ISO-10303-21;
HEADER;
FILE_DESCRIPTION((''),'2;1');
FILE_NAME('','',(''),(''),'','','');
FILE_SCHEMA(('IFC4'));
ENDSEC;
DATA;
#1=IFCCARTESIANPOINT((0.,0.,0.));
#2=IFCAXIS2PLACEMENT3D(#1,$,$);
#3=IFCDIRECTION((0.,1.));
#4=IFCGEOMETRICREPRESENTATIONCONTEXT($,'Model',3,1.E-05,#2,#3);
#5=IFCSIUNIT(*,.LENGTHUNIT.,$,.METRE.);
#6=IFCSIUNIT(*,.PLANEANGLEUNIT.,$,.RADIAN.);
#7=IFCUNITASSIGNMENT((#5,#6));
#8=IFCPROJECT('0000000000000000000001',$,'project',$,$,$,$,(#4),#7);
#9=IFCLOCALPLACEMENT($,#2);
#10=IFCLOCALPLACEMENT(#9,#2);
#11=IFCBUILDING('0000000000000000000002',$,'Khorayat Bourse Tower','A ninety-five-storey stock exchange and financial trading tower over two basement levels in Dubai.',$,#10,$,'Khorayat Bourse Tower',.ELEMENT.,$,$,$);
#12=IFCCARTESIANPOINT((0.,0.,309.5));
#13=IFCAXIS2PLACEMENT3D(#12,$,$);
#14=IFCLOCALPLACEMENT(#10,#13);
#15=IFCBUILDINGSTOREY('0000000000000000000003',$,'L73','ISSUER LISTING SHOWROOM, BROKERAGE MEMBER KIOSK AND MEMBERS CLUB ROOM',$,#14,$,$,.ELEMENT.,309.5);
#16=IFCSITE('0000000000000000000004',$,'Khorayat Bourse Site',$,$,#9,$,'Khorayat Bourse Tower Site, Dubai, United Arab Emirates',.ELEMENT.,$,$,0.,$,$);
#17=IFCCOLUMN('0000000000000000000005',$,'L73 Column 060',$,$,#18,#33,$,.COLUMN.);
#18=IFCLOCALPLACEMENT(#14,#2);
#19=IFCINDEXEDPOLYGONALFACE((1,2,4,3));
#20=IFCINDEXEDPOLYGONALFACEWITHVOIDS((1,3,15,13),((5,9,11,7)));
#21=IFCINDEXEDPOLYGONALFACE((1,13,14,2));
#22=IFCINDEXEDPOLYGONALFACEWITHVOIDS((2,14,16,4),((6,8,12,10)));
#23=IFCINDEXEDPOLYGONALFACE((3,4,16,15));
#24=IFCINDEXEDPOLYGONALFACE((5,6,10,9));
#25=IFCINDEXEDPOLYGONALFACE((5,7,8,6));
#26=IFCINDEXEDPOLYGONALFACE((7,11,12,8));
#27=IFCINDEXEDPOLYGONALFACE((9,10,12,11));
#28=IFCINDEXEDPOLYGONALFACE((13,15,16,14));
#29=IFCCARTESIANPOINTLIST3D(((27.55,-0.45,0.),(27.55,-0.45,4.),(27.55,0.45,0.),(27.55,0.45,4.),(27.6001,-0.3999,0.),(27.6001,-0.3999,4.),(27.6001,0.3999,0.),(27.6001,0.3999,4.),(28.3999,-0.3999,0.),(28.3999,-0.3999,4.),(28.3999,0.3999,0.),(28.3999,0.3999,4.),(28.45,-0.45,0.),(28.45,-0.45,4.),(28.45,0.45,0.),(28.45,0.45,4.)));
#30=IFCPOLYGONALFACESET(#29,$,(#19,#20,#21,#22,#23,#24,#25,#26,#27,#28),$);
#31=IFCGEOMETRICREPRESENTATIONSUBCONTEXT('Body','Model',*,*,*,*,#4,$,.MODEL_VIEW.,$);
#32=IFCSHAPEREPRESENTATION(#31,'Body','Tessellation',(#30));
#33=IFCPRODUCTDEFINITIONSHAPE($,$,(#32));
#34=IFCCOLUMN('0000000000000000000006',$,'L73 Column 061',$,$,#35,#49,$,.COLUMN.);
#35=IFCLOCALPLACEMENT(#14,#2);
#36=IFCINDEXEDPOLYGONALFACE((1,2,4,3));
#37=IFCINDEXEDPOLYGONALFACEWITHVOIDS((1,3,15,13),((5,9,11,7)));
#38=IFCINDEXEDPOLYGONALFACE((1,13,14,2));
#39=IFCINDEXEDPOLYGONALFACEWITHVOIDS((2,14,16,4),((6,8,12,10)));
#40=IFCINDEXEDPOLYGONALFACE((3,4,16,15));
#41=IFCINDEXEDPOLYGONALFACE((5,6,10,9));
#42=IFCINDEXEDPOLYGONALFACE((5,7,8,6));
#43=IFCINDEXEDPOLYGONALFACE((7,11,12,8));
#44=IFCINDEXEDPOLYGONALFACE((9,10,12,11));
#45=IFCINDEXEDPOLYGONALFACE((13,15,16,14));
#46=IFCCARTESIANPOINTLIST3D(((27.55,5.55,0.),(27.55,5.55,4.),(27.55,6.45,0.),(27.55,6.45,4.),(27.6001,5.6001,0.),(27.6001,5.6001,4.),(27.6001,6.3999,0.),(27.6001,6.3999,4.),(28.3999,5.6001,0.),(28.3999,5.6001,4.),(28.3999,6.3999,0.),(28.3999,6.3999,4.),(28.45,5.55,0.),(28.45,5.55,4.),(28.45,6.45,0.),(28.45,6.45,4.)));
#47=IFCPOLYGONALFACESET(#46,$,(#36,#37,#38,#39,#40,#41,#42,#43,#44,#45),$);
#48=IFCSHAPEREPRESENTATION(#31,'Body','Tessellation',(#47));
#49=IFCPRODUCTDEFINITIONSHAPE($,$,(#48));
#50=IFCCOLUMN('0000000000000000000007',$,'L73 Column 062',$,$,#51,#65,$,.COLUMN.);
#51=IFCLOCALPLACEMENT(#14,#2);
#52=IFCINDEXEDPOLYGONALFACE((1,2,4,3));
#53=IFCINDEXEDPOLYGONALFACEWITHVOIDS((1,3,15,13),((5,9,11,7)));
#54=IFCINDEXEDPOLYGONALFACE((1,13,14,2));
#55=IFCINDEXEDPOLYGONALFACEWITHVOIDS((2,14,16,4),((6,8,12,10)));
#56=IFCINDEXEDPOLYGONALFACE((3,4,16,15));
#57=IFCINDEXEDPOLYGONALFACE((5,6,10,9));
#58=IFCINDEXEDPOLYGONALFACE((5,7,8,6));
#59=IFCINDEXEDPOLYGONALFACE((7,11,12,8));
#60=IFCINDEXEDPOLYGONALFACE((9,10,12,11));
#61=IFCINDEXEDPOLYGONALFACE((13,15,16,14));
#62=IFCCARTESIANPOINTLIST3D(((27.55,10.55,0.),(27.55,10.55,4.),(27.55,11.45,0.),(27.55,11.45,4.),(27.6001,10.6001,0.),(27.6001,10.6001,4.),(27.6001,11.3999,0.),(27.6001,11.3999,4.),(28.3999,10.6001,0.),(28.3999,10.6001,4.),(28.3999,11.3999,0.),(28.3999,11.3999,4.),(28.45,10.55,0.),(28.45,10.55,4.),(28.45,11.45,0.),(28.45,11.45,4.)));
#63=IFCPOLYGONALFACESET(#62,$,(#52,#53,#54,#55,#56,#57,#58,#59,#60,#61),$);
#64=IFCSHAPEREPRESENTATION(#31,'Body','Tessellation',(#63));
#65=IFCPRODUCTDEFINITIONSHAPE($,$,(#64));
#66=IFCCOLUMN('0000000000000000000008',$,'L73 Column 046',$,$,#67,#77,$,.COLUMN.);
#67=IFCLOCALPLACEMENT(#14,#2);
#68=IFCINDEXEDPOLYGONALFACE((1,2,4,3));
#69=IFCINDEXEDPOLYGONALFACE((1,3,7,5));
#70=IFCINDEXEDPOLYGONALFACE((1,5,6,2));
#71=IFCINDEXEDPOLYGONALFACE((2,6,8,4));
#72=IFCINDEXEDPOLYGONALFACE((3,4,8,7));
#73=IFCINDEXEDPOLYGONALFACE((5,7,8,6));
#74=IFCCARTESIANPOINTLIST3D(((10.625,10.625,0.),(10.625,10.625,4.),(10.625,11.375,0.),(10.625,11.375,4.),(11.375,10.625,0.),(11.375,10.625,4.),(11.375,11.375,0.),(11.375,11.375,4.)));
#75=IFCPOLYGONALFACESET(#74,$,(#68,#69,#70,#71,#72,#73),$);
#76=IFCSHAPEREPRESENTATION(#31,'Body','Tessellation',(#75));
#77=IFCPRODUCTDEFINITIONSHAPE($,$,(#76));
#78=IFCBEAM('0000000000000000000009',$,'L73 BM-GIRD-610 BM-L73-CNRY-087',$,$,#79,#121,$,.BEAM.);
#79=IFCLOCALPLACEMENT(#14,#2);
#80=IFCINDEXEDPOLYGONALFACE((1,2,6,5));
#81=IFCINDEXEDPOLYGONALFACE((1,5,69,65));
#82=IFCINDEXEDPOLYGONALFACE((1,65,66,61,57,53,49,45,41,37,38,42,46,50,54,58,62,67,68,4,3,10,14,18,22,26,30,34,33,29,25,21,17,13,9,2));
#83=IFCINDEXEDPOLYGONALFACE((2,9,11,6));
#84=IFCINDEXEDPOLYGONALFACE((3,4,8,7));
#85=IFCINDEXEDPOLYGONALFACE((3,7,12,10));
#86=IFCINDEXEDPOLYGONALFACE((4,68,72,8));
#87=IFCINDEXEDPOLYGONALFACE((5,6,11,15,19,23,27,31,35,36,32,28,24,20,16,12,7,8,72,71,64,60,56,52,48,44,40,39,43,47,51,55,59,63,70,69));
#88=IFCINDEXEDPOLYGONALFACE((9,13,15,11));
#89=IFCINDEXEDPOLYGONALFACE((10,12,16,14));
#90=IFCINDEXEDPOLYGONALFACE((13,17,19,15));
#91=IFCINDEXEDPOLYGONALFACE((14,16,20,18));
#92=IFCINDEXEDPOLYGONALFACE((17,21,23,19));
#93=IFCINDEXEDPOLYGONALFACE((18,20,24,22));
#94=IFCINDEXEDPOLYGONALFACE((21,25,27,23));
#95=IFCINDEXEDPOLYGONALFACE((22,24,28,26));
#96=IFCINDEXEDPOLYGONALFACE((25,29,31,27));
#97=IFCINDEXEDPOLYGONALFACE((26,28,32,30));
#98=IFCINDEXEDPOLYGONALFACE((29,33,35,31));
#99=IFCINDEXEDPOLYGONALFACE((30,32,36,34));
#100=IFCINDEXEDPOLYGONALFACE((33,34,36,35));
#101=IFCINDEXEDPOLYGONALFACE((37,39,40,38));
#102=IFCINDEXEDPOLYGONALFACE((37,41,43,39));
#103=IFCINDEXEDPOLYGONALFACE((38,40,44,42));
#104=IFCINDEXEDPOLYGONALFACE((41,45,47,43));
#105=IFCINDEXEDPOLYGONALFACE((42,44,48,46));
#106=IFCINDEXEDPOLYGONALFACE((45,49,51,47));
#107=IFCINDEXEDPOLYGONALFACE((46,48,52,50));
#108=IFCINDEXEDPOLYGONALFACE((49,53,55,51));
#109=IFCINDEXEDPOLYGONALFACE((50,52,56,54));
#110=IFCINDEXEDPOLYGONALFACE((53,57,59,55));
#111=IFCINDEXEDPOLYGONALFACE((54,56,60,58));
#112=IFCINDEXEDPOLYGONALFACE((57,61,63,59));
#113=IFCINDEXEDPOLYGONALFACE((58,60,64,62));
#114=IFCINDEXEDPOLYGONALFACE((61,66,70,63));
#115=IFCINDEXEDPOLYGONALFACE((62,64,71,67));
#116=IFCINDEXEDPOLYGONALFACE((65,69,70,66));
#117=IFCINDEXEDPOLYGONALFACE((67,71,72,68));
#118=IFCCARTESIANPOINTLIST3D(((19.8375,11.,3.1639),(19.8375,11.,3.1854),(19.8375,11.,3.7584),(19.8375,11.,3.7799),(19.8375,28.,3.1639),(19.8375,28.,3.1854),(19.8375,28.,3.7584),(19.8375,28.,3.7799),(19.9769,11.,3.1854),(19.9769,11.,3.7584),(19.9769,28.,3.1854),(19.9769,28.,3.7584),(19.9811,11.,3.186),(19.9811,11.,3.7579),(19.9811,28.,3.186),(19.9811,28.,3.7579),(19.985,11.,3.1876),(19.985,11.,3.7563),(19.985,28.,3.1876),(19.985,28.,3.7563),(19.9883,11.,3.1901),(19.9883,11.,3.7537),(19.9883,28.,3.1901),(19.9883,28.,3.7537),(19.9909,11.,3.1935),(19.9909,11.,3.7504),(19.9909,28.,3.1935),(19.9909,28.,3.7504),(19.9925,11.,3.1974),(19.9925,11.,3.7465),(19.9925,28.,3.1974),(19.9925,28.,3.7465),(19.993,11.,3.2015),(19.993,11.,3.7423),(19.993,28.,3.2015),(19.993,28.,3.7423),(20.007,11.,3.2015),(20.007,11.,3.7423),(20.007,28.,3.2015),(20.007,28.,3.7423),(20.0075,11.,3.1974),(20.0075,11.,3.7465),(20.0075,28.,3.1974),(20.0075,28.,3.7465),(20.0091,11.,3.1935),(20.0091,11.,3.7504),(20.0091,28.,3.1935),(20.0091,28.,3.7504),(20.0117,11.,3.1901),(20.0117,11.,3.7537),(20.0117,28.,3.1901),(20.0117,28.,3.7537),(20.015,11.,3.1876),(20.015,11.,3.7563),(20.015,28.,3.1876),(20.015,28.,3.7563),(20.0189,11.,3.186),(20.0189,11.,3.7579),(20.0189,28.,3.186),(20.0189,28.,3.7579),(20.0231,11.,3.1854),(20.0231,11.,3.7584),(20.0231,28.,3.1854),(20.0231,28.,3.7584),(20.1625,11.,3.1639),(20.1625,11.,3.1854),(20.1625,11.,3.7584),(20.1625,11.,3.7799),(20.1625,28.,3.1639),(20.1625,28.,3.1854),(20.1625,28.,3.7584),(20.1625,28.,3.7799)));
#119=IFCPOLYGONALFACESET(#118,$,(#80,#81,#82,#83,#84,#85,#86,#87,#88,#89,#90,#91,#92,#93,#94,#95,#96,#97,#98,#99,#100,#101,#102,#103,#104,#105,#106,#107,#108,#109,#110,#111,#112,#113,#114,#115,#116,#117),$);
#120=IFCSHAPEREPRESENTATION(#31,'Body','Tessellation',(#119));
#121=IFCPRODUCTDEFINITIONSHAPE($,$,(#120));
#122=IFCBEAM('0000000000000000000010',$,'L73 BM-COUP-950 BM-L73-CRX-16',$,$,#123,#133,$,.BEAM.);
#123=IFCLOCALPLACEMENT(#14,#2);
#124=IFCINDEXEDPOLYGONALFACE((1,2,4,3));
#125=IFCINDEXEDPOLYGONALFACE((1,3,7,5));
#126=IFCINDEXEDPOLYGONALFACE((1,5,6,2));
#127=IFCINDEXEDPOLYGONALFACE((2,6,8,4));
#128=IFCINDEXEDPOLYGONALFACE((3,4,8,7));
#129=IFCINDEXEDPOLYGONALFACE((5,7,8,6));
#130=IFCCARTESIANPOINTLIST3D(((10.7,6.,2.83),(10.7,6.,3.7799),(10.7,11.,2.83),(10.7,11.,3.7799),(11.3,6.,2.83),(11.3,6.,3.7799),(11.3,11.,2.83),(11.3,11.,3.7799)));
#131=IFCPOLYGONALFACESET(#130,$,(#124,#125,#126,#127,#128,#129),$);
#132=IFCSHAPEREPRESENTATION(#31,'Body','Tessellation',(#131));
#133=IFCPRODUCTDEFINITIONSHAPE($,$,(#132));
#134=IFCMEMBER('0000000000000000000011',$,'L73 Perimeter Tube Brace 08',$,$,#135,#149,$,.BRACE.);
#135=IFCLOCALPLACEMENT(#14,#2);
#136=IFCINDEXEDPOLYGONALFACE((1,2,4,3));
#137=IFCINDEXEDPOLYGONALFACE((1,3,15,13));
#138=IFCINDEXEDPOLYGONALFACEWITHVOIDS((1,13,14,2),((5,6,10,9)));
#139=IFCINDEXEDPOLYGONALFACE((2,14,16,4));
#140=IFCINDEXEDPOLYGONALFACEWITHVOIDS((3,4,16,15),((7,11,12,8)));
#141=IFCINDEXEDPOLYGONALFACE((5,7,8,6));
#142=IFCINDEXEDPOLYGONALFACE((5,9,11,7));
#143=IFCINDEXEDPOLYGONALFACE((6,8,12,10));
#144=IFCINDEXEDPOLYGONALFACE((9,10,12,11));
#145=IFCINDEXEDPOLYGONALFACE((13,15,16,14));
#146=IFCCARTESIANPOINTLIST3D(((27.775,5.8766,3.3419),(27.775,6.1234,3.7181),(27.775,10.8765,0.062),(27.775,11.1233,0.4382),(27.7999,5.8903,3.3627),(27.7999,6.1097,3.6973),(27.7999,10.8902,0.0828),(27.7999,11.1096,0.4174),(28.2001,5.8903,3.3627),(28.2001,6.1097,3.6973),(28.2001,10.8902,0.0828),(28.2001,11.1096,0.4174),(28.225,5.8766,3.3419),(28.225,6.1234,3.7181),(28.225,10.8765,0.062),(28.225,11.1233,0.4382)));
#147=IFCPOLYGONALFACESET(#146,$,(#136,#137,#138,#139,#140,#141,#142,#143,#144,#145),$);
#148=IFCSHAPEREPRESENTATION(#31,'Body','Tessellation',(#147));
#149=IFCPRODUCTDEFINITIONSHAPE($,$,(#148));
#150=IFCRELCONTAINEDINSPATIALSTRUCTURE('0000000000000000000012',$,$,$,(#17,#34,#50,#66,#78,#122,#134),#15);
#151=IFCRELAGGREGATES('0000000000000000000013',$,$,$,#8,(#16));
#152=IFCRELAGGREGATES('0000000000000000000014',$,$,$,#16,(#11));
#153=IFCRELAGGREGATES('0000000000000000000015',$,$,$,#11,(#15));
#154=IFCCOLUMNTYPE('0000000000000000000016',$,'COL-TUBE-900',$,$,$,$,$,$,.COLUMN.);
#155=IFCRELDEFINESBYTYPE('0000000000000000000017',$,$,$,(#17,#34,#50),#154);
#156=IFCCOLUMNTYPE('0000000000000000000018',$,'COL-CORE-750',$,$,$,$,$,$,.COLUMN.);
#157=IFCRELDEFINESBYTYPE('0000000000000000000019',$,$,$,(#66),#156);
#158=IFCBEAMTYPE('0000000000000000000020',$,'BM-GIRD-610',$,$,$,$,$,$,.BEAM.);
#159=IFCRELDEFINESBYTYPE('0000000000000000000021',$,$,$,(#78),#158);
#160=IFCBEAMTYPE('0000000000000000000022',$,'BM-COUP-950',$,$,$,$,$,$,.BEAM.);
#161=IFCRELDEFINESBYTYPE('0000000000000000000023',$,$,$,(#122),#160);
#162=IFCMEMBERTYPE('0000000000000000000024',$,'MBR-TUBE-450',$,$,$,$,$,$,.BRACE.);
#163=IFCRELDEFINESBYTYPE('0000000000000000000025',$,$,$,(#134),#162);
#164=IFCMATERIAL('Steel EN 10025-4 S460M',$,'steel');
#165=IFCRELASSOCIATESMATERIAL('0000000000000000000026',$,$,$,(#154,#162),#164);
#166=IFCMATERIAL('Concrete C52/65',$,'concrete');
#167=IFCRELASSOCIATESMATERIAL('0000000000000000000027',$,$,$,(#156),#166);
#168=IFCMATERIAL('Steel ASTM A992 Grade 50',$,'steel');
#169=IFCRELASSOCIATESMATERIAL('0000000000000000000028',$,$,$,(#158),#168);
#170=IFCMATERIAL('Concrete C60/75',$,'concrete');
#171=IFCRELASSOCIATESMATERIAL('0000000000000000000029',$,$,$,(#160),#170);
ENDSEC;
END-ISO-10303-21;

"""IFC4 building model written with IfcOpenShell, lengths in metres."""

from ifc_helpers import new_model, si_unit, direction, frame, origin, origin_2d, place, context, subcontext, project, spatial, rectangle, hollow_rectangle, i_section, extrude, source, transform, mapped, material, material_profile, profile_set, type_object, element, save


model = new_model("IFC4")

# Units and contexts
model_context = context("Model", 3, precision=1e-05, world=origin(), true_north=direction((0.0, 1.0)))
body_context = subcontext(model_context, "Body", "Model", "MODEL_VIEW")
ifc_project = project(units=[si_unit("LENGTHUNIT", "METRE"), si_unit("PLANEANGLEUNIT", "RADIAN")], contexts=[model_context])

# Site, building, storey
site_placement = place(None, origin())
site = spatial("IfcSite", under=ifc_project, at=site_placement, Name="Khorayat Bourse Site", LongName="Khorayat Bourse Tower Site, Dubai, United Arab Emirates", CompositionType="ELEMENT", RefElevation=0.0)
building_placement = place(site_placement, origin())
building = spatial("IfcBuilding", under=site, at=building_placement, Name="Khorayat Bourse Tower", Description="A ninety-five-storey stock exchange and financial trading tower over two basement levels in Dubai.", LongName="Khorayat Bourse Tower", CompositionType="ELEMENT")
storey_placement = place(building_placement, frame((0.0, 0.0, 309.5)))
storey = spatial("IfcBuildingStorey", under=building, at=storey_placement, Name="L73", Description="ISSUER LISTING SHOWROOM, BROKERAGE MEMBER KIOSK AND MEMBERS CLUB ROOM", CompositionType="ELEMENT", Elevation=309.5)

# Columns
ifc_material_1 = material(Name="Steel EN 10025-4 S460M", Category="steel")
ifc_material_profile_1 = material_profile(ifc_material_1, hollow_rectangle(XDim=0.8999, YDim=0.8999, WallThickness=0.05, at=origin_2d()), Name="BOX 900x900x50")
ifc_profile_set_1 = profile_set([ifc_material_profile_1], Name="Steel EN 10025-4 S460M")
column_type_1 = type_object("IfcColumnType", Name="COL-TUBE-900", PredefinedType="COLUMN", material=ifc_profile_set_1)
shared_shape_1 = source(origin(), body_context, "Body", "SweptSolid", [
    extrude(hollow_rectangle(XDim=0.8999, YDim=0.8999, WallThickness=0.05, at=origin_2d()), origin(), (0.0, 0.0, 1.0), 4.0),
])
for number, where, z_axis, x_axis, name in (
    (1, (28.0, 0.0, 0.0), (0.0, 0.0, 1.0), (1.0, 0.0, 0.0), "L73 Column 060"),
    (2, (28.0, 6.0, 0.0), (0.0, 0.0, 1.0), (1.0, 0.0, 0.0), "L73 Column 061"),
    (3, (28.0, 11.0, 0.0), (0.0, 0.0, 1.0), (1.0, 0.0, 0.0), "L73 Column 062"),
):
    element("IfcColumn", number, at=place(storey_placement, frame(where, z_axis=z_axis, x_axis=x_axis)), inside=storey, type_object=column_type_1, Name=name, PredefinedType="COLUMN", context=body_context, shape_type="MappedRepresentation", body=[
        mapped(shared_shape_1, transform((0.0, 0.0, 0.0), scale=1.0)),
    ])
ifc_material_2 = material(Name="Concrete C52/65", Category="concrete")
ifc_material_profile_2 = material_profile(ifc_material_2, rectangle(XDim=0.75, YDim=0.75, at=origin_2d()), Name="RC 750x750")
ifc_profile_set_2 = profile_set([ifc_material_profile_2], Name="Concrete C52/65")
column_type_2 = type_object("IfcColumnType", Name="COL-CORE-750", PredefinedType="COLUMN", material=ifc_profile_set_2)
shared_shape_2 = source(origin(), body_context, "Body", "SweptSolid", [
    extrude(rectangle(XDim=0.75, YDim=0.75, at=origin_2d()), origin(), (0.0, 0.0, 1.0), 4.0),
])
column_placement = place(storey_placement, frame((11.0, 11.0, 0.0), z_axis=(0.0, 0.0, 1.0), x_axis=(1.0, 0.0, 0.0)))
element("IfcColumn", 4, at=column_placement, inside=storey, type_object=column_type_2, Name="L73 Column 046", PredefinedType="COLUMN", context=body_context, shape_type="MappedRepresentation", body=[
    mapped(shared_shape_2, transform((0.0, 0.0, 0.0), scale=1.0)),
])

# Beams
ifc_material_3 = material(Name="Steel ASTM A992 Grade 50", Category="steel")
ifc_material_profile_3 = material_profile(ifc_material_3, i_section(OverallWidth=0.325, OverallDepth=0.616, WebThickness=0.0139, FlangeThickness=0.0215, FilletRadius=0.0161, at=origin_2d()), Name="W610X174")
ifc_profile_set_3 = profile_set([ifc_material_profile_3], Name="Steel ASTM A992 Grade 50")
beam_type_1 = type_object("IfcBeamType", Name="BM-GIRD-610", PredefinedType="BEAM", material=ifc_profile_set_3)
shared_shape_3 = source(origin(), body_context, "Body", "SweptSolid", [
    extrude(i_section(OverallWidth=0.325, OverallDepth=0.616, WebThickness=0.0139, FlangeThickness=0.0215, FilletRadius=0.0161, at=origin_2d()), origin(), (0.0, 0.0, 1.0), 17.0),
])
beam_1_placement = place(storey_placement, frame((20.0, 11.0, 3.4719), z_axis=(0.0, 1.0, 0.0), x_axis=(-1.0, 0.0, 0.0)))
element("IfcBeam", 5, at=beam_1_placement, inside=storey, type_object=beam_type_1, Name="L73 BM-GIRD-610 BM-L73-CNRY-087", PredefinedType="BEAM", context=body_context, shape_type="MappedRepresentation", body=[
    mapped(shared_shape_3, transform((0.0, 0.0, 0.0), scale=1.0)),
])
ifc_material_4 = material(Name="Concrete C60/75", Category="concrete")
ifc_material_profile_4 = material_profile(ifc_material_4, rectangle(XDim=0.6001, YDim=0.95, at=origin_2d()), Name="RC 600x950")
ifc_profile_set_4 = profile_set([ifc_material_profile_4], Name="Concrete C60/75")
beam_type_2 = type_object("IfcBeamType", Name="BM-COUP-950", PredefinedType="BEAM", material=ifc_profile_set_4)
shared_shape_4 = source(origin(), body_context, "Body", "SweptSolid", [
    extrude(rectangle(XDim=0.6001, YDim=0.95, at=origin_2d()), origin(), (0.0, 0.0, 1.0), 5.0),
])
beam_2_placement = place(storey_placement, frame((11.0, 6.0, 3.3049), z_axis=(0.0, 1.0, 0.0), x_axis=(-1.0, 0.0, 0.0)))
element("IfcBeam", 6, at=beam_2_placement, inside=storey, type_object=beam_type_2, Name="L73 BM-COUP-950 BM-L73-CRX-16", PredefinedType="BEAM", context=body_context, shape_type="MappedRepresentation", body=[
    mapped(shared_shape_4, transform((0.0, 0.0, 0.0), scale=1.0)),
])

# Member
ifc_material_profile_5 = material_profile(ifc_material_1, hollow_rectangle(XDim=0.45, YDim=0.45, WallThickness=0.0249, at=origin_2d()), Name="HSS 450x450x25")
ifc_profile_set_5 = profile_set([ifc_material_profile_5], Name="Steel EN 10025-4 S460M")
member_type_1 = type_object("IfcMemberType", Name="MBR-TUBE-450", PredefinedType="BRACE", material=ifc_profile_set_5)
shared_shape_5 = source(origin(), body_context, "Body", "SweptSolid", [
    extrude(hollow_rectangle(XDim=0.45, YDim=0.45, WallThickness=0.0249, at=origin_2d()), origin(), (0.0, 0.0, 1.0), 5.9797),
])
member_1_placement = place(storey_placement, frame((28.0, 6.0, 3.53), z_axis=(0.0, 0.836142, -0.548514), x_axis=(-1.0, 0.0, 0.0)))
element("IfcMember", 7, at=member_1_placement, inside=storey, type_object=member_type_1, Name="L73 Perimeter Tube Brace 08", PredefinedType="BRACE", context=body_context, shape_type="MappedRepresentation", body=[
    mapped(shared_shape_5, transform((0.0, 0.0, 0.0), scale=1.0)),
])

save(model, "model.ifc")
